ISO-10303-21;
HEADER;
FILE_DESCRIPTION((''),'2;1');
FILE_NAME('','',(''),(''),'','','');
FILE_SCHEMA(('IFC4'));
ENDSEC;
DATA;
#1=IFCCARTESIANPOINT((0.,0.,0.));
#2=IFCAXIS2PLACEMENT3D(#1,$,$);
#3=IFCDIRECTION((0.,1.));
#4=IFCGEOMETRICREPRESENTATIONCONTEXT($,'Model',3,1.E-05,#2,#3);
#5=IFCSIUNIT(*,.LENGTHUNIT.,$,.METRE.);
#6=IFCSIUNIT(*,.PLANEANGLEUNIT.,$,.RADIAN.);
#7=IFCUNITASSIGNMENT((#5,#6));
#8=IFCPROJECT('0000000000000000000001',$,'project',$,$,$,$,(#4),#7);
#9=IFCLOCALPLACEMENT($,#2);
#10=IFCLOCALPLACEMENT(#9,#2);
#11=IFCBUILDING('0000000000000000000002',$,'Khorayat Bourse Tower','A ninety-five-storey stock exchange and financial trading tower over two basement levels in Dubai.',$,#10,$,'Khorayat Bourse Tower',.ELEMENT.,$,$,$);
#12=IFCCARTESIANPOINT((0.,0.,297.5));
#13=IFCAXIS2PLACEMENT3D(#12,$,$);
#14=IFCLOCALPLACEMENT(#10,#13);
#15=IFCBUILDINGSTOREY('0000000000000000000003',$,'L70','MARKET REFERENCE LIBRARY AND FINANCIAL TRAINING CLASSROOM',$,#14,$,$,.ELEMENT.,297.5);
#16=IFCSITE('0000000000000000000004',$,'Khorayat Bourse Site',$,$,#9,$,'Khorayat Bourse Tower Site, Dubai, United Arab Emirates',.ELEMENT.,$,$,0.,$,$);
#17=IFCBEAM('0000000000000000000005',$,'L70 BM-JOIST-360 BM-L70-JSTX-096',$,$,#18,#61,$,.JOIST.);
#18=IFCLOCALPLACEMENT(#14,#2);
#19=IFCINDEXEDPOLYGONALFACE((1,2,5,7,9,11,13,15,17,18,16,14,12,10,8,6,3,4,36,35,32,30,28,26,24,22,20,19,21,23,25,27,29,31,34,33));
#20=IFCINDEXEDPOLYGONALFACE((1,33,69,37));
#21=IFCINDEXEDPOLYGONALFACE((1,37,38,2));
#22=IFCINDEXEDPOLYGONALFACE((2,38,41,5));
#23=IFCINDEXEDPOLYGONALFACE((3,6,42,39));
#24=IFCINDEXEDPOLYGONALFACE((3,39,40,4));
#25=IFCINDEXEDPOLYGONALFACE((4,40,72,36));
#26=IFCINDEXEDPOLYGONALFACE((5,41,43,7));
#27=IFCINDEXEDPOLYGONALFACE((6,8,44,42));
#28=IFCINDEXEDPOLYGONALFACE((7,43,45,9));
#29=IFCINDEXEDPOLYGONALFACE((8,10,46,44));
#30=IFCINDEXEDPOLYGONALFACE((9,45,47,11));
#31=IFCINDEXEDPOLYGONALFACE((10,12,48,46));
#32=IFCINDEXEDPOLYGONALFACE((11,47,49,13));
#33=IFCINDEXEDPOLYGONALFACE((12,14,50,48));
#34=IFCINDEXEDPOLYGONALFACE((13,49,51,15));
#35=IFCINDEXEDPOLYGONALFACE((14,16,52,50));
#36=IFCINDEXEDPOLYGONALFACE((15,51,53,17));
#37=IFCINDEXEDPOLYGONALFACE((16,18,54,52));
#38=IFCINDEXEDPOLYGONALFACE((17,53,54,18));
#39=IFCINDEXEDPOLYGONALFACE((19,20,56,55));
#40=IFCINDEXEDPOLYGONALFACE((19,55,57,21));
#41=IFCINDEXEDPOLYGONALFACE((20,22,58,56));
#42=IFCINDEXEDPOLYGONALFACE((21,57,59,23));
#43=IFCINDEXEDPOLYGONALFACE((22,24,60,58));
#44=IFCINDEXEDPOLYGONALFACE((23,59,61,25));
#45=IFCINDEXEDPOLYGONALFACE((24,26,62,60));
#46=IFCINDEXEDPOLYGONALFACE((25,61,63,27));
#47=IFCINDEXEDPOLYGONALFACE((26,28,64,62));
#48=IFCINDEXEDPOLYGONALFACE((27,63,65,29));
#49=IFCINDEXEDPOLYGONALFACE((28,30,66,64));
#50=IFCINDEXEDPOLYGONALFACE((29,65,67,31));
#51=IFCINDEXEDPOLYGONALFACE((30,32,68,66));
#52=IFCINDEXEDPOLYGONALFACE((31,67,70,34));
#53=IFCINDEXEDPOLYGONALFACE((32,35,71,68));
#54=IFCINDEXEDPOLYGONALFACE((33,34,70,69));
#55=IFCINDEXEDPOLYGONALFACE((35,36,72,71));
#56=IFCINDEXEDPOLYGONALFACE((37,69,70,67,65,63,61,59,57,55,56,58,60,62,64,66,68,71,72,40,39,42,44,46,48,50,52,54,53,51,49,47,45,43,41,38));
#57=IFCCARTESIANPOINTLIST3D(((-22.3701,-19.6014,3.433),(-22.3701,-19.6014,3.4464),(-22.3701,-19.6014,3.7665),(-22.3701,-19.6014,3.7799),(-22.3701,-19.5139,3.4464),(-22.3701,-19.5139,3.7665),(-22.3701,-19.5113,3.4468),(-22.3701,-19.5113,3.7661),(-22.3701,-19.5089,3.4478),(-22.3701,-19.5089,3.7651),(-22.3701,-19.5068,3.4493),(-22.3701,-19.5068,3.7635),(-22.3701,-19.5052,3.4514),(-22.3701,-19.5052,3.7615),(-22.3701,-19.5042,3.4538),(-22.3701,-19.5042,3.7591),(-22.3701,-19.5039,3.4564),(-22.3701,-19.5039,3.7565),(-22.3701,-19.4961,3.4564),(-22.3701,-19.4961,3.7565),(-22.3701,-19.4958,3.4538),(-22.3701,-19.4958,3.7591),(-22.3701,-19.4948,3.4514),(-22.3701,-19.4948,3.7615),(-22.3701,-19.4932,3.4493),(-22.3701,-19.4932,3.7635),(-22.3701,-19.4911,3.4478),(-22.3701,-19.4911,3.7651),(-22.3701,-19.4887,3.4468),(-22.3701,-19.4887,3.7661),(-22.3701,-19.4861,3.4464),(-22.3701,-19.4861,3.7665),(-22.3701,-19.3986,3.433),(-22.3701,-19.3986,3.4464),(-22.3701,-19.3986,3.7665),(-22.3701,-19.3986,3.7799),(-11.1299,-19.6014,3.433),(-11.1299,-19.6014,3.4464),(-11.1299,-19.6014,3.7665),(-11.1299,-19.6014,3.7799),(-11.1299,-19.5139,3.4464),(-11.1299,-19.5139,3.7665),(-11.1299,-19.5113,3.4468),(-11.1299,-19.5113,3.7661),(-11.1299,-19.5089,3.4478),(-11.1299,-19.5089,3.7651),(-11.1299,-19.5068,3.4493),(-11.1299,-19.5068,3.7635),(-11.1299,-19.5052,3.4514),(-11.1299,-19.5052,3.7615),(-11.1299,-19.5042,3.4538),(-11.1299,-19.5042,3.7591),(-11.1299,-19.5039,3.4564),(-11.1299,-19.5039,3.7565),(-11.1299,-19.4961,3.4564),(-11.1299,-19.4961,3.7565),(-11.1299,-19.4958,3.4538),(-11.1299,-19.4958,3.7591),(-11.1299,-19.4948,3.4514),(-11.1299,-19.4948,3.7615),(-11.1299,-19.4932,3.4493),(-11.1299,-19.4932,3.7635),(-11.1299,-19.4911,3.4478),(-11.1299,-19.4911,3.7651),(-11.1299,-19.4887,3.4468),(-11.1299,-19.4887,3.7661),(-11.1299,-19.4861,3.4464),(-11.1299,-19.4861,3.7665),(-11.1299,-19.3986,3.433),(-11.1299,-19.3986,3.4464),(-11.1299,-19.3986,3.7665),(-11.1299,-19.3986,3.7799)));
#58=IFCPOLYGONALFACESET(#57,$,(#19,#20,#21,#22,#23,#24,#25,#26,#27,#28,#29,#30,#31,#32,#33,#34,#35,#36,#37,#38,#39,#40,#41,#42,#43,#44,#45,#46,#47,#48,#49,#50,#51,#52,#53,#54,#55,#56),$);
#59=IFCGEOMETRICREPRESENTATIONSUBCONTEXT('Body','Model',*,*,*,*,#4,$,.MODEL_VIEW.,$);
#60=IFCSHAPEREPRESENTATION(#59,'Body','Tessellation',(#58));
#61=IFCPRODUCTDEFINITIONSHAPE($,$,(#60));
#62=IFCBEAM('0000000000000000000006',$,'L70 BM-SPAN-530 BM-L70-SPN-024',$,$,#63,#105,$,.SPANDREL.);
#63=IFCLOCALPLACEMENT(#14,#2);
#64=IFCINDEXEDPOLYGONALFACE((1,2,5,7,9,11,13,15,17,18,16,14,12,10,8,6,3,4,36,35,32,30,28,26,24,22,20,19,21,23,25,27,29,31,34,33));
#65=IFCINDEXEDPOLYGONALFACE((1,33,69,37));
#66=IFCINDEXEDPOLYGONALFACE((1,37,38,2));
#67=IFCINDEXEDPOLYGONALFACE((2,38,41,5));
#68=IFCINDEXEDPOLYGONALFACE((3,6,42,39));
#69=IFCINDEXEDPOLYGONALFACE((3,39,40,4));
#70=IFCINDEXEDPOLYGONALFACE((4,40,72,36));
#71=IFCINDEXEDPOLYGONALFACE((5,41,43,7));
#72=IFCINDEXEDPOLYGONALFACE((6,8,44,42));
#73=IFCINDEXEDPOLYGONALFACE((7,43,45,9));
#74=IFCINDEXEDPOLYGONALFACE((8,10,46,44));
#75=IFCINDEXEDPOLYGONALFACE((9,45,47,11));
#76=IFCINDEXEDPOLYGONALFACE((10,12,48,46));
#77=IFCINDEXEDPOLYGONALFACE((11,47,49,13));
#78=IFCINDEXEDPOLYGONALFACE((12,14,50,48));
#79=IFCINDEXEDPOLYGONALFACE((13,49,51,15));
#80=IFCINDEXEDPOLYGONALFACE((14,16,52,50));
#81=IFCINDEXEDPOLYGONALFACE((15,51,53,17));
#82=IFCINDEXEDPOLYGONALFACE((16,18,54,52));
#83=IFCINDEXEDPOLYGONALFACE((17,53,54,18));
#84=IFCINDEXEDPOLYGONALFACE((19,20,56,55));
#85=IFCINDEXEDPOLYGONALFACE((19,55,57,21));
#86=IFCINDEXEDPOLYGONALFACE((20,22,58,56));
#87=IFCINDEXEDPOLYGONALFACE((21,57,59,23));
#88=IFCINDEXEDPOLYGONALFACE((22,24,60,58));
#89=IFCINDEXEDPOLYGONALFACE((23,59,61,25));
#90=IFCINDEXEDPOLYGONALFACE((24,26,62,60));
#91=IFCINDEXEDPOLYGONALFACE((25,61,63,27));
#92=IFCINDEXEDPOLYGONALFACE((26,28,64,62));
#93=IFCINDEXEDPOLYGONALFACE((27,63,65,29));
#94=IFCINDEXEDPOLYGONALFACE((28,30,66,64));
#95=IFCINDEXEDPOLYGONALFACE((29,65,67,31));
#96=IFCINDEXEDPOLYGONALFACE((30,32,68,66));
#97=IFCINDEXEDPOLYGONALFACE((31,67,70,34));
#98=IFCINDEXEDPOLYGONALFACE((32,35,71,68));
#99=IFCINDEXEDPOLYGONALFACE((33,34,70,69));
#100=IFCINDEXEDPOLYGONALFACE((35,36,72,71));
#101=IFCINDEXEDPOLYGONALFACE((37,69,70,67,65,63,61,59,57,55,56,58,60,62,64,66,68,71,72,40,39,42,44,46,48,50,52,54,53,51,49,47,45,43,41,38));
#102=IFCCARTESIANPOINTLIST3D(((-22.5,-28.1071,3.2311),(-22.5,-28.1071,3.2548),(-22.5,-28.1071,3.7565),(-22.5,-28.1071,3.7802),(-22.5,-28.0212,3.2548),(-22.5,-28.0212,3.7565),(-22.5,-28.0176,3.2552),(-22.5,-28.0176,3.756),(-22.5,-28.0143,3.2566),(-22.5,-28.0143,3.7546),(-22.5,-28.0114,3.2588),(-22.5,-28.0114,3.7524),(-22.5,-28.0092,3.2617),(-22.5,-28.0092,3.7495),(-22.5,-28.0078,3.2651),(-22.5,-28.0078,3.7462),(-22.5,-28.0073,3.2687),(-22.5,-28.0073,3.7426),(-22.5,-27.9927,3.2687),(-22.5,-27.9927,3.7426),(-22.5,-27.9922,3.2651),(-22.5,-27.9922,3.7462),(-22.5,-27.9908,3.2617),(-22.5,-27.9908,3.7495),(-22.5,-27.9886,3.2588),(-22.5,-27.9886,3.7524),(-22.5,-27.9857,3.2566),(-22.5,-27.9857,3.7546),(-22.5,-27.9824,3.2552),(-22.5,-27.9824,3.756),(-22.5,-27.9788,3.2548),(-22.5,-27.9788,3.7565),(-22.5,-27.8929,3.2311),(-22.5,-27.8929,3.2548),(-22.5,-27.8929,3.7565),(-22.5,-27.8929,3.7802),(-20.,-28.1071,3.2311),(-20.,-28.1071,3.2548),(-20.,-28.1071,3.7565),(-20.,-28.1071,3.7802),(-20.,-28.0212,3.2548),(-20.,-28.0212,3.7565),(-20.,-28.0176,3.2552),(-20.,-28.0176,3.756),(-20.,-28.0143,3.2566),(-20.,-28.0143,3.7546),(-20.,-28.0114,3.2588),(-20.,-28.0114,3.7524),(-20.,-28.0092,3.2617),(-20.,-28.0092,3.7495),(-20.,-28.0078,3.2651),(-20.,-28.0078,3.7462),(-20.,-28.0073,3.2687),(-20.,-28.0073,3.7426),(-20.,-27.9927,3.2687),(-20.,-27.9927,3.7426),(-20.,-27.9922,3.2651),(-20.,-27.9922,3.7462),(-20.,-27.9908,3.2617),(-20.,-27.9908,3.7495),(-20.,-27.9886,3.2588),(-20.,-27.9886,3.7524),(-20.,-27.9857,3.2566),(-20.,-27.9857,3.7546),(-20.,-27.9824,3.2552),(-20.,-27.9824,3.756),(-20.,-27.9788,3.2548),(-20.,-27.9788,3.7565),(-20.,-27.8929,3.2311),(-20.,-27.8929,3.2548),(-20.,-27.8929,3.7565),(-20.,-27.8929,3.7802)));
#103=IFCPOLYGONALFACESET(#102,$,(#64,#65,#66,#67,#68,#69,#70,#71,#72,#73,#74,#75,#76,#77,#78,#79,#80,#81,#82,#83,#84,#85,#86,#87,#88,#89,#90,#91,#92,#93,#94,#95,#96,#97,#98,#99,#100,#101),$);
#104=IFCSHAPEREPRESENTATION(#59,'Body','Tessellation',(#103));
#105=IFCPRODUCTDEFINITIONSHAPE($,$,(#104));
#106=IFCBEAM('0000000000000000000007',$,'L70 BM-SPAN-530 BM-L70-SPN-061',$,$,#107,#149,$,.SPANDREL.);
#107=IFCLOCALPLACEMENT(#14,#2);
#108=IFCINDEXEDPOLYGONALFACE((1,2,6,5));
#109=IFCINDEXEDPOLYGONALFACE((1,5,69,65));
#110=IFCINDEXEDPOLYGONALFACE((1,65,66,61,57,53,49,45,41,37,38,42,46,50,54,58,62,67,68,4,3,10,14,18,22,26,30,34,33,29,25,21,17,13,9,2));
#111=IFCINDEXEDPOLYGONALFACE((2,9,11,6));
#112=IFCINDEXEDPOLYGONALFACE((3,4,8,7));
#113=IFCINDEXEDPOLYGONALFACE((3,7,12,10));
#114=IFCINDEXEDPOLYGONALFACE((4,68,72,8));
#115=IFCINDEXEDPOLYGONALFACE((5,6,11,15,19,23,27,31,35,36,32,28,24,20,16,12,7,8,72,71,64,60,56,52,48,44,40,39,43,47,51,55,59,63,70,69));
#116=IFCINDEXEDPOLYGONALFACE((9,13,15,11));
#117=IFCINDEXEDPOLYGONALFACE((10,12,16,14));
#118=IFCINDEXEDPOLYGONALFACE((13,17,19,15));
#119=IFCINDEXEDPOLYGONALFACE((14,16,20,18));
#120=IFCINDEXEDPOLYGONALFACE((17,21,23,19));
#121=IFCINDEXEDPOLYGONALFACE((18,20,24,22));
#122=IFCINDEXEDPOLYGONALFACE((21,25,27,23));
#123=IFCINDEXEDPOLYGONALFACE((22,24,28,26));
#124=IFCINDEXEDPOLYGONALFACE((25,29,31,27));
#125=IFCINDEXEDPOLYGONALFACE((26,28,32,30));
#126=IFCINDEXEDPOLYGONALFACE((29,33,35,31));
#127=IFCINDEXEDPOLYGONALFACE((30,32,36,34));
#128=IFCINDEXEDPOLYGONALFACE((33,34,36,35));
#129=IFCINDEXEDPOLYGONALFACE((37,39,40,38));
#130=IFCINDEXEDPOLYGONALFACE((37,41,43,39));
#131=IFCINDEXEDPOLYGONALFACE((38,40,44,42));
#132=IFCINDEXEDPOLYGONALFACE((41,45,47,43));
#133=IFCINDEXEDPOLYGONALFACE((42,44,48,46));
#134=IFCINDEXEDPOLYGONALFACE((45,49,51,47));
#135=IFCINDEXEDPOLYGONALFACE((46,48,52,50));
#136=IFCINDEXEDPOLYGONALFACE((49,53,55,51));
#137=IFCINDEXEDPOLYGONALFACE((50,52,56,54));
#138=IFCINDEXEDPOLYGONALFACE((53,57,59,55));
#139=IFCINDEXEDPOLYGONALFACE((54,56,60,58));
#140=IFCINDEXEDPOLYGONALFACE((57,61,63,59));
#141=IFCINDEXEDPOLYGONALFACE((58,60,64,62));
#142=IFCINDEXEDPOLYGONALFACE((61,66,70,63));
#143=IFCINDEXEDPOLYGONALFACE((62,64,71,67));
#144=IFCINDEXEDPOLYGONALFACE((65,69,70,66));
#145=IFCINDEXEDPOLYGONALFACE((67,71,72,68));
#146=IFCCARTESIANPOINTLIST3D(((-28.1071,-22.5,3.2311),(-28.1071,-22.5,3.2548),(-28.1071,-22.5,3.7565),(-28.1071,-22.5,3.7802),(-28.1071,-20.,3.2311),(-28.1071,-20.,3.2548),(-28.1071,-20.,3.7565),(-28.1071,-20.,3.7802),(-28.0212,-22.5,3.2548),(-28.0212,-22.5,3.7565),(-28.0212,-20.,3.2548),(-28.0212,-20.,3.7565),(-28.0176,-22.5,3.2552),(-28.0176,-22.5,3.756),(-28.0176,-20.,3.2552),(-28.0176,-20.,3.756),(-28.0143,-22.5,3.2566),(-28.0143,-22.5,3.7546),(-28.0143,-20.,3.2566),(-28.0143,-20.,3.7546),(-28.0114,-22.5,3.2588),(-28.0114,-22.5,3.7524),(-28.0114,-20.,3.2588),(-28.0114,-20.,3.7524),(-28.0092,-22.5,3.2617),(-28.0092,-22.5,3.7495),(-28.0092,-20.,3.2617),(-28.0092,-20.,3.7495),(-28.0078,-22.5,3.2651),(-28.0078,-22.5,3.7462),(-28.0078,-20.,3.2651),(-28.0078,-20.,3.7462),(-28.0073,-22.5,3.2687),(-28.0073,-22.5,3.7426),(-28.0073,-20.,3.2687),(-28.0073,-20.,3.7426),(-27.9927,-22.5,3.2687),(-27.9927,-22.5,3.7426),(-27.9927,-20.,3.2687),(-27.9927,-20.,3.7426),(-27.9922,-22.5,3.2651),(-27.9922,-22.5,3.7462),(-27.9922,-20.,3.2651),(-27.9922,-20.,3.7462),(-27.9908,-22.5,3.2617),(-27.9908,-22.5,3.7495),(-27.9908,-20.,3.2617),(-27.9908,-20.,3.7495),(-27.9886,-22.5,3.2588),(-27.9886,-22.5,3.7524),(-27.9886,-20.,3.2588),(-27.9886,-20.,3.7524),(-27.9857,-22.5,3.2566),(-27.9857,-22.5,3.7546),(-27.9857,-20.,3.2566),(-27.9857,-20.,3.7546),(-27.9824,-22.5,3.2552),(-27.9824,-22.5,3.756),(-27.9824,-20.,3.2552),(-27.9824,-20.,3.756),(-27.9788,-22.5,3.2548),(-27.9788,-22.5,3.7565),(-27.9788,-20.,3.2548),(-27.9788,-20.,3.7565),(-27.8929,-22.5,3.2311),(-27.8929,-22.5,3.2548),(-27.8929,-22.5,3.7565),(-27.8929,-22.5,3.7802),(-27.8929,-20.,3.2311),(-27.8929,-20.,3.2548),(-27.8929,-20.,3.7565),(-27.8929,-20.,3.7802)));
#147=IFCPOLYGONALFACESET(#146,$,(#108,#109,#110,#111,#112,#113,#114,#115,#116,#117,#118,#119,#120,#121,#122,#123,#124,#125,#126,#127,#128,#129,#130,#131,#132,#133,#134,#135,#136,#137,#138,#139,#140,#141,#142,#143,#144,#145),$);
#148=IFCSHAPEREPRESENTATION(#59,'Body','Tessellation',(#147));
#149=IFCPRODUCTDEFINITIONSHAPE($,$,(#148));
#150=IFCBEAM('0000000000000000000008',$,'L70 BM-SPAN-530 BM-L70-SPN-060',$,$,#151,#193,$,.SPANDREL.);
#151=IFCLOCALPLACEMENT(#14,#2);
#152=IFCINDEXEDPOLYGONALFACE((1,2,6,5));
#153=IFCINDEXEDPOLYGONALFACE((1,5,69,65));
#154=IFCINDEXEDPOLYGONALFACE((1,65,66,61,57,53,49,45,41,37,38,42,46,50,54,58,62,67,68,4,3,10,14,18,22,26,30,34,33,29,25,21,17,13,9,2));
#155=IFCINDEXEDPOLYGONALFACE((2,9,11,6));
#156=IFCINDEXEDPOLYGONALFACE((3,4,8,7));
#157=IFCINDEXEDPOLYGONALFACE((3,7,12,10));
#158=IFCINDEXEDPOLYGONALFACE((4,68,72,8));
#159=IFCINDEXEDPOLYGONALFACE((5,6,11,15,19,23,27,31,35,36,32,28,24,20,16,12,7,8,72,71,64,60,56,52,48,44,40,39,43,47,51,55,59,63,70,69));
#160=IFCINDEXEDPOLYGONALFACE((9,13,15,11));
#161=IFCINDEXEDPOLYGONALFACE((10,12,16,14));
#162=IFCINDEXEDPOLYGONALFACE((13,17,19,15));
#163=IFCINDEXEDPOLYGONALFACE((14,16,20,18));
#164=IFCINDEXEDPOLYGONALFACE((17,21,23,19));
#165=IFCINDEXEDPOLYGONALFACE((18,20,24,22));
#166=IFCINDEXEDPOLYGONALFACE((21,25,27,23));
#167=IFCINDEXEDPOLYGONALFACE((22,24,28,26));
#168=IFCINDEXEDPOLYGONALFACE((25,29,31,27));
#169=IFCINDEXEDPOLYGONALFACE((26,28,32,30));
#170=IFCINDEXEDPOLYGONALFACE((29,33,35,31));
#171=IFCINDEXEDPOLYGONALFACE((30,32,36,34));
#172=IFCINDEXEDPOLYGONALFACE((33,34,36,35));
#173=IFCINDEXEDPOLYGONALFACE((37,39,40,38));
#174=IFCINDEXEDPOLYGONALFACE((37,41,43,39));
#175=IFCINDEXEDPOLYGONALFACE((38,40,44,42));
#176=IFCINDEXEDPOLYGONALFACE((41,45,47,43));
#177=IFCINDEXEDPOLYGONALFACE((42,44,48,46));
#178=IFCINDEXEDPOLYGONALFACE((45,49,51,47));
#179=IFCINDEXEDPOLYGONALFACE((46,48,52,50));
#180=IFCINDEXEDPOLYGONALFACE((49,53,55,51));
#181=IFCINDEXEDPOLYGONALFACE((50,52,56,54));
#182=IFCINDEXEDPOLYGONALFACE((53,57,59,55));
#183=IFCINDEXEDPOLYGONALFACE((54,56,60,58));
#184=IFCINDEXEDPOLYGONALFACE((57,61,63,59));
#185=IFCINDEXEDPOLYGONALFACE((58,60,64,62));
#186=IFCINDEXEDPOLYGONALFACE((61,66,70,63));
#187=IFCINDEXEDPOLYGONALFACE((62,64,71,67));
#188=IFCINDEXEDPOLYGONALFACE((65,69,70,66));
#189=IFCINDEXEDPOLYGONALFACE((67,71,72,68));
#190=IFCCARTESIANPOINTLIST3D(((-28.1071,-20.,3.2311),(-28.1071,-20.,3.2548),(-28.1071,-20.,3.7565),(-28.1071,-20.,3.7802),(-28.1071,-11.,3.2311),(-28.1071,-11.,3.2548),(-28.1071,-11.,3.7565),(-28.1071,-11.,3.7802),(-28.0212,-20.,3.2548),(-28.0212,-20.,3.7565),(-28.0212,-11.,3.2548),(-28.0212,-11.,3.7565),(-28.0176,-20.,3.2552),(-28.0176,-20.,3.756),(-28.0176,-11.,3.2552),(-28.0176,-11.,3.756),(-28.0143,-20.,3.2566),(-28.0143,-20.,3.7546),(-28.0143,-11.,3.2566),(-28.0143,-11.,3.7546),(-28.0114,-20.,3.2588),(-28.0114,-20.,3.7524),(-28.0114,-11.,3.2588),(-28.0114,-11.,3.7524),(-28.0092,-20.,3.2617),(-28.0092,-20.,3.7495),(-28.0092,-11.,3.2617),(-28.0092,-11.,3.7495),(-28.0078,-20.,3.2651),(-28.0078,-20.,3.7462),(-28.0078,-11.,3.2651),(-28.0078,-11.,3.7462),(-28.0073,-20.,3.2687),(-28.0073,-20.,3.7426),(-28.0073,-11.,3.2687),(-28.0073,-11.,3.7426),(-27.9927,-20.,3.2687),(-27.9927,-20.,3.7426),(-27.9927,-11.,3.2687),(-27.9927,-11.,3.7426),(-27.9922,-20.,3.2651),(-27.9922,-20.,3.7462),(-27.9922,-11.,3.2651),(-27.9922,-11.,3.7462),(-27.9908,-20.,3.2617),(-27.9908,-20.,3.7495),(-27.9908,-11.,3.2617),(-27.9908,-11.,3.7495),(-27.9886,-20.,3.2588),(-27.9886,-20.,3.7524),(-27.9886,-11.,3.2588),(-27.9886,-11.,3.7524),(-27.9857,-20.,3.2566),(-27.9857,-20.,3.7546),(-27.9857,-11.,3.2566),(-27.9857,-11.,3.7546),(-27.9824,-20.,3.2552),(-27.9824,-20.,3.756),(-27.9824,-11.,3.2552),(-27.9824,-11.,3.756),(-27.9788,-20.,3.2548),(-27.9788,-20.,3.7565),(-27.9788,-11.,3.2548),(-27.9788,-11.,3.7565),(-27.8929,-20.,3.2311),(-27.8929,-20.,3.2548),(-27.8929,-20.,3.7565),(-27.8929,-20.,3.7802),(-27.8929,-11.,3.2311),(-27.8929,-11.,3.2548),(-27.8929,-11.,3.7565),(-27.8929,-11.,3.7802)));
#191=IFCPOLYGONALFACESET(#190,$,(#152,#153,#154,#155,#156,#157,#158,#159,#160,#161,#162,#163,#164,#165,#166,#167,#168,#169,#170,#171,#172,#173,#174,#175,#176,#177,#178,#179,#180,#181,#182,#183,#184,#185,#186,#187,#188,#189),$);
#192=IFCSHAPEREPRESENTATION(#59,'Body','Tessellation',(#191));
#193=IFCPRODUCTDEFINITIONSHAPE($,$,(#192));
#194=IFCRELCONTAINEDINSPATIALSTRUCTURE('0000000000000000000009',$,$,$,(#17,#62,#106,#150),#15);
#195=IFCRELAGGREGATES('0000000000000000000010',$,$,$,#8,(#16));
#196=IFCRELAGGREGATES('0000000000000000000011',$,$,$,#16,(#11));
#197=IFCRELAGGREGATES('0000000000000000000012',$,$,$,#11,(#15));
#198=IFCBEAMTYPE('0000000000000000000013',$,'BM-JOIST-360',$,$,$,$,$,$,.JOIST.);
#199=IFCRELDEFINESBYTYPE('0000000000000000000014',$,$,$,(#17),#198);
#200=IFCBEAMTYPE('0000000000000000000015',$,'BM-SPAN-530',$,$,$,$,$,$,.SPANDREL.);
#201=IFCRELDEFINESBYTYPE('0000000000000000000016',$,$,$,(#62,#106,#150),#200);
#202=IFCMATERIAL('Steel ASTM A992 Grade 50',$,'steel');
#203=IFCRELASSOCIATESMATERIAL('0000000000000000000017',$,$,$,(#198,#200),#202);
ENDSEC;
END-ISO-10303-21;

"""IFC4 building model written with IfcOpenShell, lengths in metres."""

from ifc_helpers import new_model, si_unit, direction, frame, origin, origin_2d, place, context, subcontext, project, spatial, i_section, extrude, source, transform, mapped, material, material_profile, profile_set, type_object, element, save


model = new_model("IFC4")

# Units and contexts
model_context = context("Model", 3, precision=1e-05, world=origin(), true_north=direction((0.0, 1.0)))
body_context = subcontext(model_context, "Body", "Model", "MODEL_VIEW")
ifc_project = project(units=[si_unit("LENGTHUNIT", "METRE"), si_unit("PLANEANGLEUNIT", "RADIAN")], contexts=[model_context])

# Site, building, storey
site_placement = place(None, origin())
site = spatial("IfcSite", under=ifc_project, at=site_placement, Name="Khorayat Bourse Site", LongName="Khorayat Bourse Tower Site, Dubai, United Arab Emirates", CompositionType="ELEMENT", RefElevation=0.0)
building_placement = place(site_placement, origin())
building = spatial("IfcBuilding", under=site, at=building_placement, Name="Khorayat Bourse Tower", Description="A ninety-five-storey stock exchange and financial trading tower over two basement levels in Dubai.", LongName="Khorayat Bourse Tower", CompositionType="ELEMENT")
storey_placement = place(building_placement, frame((0.0, 0.0, 297.5)))
storey = spatial("IfcBuildingStorey", under=building, at=storey_placement, Name="L70", Description="MARKET REFERENCE LIBRARY AND FINANCIAL TRAINING CLASSROOM", CompositionType="ELEMENT", Elevation=297.5)

# Beams
ifc_material_1 = material(Name="Steel ASTM A992 Grade 50", Category="steel")
ifc_material_profile_1 = material_profile(ifc_material_1, i_section(OverallWidth=0.2029, OverallDepth=0.3469, WebThickness=0.0078, FlangeThickness=0.0134, FilletRadius=0.01, at=origin_2d()), Name="W360X64")
ifc_profile_set_1 = profile_set([ifc_material_profile_1], Name="Steel ASTM A992 Grade 50")
beam_type_1 = type_object("IfcBeamType", Name="BM-JOIST-360", PredefinedType="JOIST", material=ifc_profile_set_1)
shared_shape_1 = source(origin(), body_context, "Body", "SweptSolid", [
    extrude(i_section(OverallWidth=0.2029, OverallDepth=0.3469, WebThickness=0.0078, FlangeThickness=0.0134, FilletRadius=0.01, at=origin_2d()), origin(), (0.0, 0.0, 1.0), 11.2402),
])
beam_1_placement = place(storey_placement, frame((-22.3701, -19.5, 3.6064), z_axis=(1.0, 0.0, 0.0), x_axis=(0.0, 1.0, 0.0)))
element("IfcBeam", 1, at=beam_1_placement, inside=storey, type_object=beam_type_1, Name="L70 BM-JOIST-360 BM-L70-JSTX-096", PredefinedType="JOIST", context=body_context, shape_type="MappedRepresentation", body=[
    mapped(shared_shape_1, transform((0.0, 0.0, 0.0), scale=1.0)),
])
ifc_material_profile_2 = material_profile(ifc_material_1, i_section(OverallWidth=0.2141, OverallDepth=0.5491, WebThickness=0.0146, FlangeThickness=0.0237, FilletRadius=0.0139, at=origin_2d()), Name="W530X138")
ifc_profile_set_2 = profile_set([ifc_material_profile_2], Name="Steel ASTM A992 Grade 50")
beam_type_2 = type_object("IfcBeamType", Name="BM-SPAN-530", PredefinedType="SPANDREL", material=ifc_profile_set_2)
shared_shape_2 = source(origin(), body_context, "Body", "SweptSolid", [
    extrude(i_section(OverallWidth=0.2141, OverallDepth=0.5491, WebThickness=0.0146, FlangeThickness=0.0237, FilletRadius=0.0139, at=origin_2d()), origin(), (0.0, 0.0, 1.0), 2.5),
])
for number, where, z_axis, x_axis, name in (
    (2, (-22.5, -28.0, 3.5056), (1.0, 0.0, 0.0), (0.0, 1.0, 0.0), "L70 BM-SPAN-530 BM-L70-SPN-024"),
    (3, (-28.0, -22.5, 3.5056), (0.0, 1.0, 0.0), (-1.0, 0.0, 0.0), "L70 BM-SPAN-530 BM-L70-SPN-061"),
):
    element("IfcBeam", number, at=place(storey_placement, frame(where, z_axis=z_axis, x_axis=x_axis)), inside=storey, type_object=beam_type_2, Name=name, PredefinedType="SPANDREL", context=body_context, shape_type="MappedRepresentation", body=[
        mapped(shared_shape_2, transform((0.0, 0.0, 0.0), scale=1.0)),
    ])
shared_shape_3 = source(origin(), body_context, "Body", "SweptSolid", [
    extrude(i_section(OverallWidth=0.2141, OverallDepth=0.5491, WebThickness=0.0146, FlangeThickness=0.0237, FilletRadius=0.0139, at=origin_2d()), origin(), (0.0, 0.0, 1.0), 9.0),
])
beam_2_placement = place(storey_placement, frame((-28.0, -20.0, 3.5056), z_axis=(0.0, 1.0, 0.0), x_axis=(-1.0, 0.0, 0.0)))
element("IfcBeam", 4, at=beam_2_placement, inside=storey, type_object=beam_type_2, Name="L70 BM-SPAN-530 BM-L70-SPN-060", PredefinedType="SPANDREL", context=body_context, shape_type="MappedRepresentation", body=[
    mapped(shared_shape_3, transform((0.0, 0.0, 0.0), scale=1.0)),
])

save(model, "model.ifc")
